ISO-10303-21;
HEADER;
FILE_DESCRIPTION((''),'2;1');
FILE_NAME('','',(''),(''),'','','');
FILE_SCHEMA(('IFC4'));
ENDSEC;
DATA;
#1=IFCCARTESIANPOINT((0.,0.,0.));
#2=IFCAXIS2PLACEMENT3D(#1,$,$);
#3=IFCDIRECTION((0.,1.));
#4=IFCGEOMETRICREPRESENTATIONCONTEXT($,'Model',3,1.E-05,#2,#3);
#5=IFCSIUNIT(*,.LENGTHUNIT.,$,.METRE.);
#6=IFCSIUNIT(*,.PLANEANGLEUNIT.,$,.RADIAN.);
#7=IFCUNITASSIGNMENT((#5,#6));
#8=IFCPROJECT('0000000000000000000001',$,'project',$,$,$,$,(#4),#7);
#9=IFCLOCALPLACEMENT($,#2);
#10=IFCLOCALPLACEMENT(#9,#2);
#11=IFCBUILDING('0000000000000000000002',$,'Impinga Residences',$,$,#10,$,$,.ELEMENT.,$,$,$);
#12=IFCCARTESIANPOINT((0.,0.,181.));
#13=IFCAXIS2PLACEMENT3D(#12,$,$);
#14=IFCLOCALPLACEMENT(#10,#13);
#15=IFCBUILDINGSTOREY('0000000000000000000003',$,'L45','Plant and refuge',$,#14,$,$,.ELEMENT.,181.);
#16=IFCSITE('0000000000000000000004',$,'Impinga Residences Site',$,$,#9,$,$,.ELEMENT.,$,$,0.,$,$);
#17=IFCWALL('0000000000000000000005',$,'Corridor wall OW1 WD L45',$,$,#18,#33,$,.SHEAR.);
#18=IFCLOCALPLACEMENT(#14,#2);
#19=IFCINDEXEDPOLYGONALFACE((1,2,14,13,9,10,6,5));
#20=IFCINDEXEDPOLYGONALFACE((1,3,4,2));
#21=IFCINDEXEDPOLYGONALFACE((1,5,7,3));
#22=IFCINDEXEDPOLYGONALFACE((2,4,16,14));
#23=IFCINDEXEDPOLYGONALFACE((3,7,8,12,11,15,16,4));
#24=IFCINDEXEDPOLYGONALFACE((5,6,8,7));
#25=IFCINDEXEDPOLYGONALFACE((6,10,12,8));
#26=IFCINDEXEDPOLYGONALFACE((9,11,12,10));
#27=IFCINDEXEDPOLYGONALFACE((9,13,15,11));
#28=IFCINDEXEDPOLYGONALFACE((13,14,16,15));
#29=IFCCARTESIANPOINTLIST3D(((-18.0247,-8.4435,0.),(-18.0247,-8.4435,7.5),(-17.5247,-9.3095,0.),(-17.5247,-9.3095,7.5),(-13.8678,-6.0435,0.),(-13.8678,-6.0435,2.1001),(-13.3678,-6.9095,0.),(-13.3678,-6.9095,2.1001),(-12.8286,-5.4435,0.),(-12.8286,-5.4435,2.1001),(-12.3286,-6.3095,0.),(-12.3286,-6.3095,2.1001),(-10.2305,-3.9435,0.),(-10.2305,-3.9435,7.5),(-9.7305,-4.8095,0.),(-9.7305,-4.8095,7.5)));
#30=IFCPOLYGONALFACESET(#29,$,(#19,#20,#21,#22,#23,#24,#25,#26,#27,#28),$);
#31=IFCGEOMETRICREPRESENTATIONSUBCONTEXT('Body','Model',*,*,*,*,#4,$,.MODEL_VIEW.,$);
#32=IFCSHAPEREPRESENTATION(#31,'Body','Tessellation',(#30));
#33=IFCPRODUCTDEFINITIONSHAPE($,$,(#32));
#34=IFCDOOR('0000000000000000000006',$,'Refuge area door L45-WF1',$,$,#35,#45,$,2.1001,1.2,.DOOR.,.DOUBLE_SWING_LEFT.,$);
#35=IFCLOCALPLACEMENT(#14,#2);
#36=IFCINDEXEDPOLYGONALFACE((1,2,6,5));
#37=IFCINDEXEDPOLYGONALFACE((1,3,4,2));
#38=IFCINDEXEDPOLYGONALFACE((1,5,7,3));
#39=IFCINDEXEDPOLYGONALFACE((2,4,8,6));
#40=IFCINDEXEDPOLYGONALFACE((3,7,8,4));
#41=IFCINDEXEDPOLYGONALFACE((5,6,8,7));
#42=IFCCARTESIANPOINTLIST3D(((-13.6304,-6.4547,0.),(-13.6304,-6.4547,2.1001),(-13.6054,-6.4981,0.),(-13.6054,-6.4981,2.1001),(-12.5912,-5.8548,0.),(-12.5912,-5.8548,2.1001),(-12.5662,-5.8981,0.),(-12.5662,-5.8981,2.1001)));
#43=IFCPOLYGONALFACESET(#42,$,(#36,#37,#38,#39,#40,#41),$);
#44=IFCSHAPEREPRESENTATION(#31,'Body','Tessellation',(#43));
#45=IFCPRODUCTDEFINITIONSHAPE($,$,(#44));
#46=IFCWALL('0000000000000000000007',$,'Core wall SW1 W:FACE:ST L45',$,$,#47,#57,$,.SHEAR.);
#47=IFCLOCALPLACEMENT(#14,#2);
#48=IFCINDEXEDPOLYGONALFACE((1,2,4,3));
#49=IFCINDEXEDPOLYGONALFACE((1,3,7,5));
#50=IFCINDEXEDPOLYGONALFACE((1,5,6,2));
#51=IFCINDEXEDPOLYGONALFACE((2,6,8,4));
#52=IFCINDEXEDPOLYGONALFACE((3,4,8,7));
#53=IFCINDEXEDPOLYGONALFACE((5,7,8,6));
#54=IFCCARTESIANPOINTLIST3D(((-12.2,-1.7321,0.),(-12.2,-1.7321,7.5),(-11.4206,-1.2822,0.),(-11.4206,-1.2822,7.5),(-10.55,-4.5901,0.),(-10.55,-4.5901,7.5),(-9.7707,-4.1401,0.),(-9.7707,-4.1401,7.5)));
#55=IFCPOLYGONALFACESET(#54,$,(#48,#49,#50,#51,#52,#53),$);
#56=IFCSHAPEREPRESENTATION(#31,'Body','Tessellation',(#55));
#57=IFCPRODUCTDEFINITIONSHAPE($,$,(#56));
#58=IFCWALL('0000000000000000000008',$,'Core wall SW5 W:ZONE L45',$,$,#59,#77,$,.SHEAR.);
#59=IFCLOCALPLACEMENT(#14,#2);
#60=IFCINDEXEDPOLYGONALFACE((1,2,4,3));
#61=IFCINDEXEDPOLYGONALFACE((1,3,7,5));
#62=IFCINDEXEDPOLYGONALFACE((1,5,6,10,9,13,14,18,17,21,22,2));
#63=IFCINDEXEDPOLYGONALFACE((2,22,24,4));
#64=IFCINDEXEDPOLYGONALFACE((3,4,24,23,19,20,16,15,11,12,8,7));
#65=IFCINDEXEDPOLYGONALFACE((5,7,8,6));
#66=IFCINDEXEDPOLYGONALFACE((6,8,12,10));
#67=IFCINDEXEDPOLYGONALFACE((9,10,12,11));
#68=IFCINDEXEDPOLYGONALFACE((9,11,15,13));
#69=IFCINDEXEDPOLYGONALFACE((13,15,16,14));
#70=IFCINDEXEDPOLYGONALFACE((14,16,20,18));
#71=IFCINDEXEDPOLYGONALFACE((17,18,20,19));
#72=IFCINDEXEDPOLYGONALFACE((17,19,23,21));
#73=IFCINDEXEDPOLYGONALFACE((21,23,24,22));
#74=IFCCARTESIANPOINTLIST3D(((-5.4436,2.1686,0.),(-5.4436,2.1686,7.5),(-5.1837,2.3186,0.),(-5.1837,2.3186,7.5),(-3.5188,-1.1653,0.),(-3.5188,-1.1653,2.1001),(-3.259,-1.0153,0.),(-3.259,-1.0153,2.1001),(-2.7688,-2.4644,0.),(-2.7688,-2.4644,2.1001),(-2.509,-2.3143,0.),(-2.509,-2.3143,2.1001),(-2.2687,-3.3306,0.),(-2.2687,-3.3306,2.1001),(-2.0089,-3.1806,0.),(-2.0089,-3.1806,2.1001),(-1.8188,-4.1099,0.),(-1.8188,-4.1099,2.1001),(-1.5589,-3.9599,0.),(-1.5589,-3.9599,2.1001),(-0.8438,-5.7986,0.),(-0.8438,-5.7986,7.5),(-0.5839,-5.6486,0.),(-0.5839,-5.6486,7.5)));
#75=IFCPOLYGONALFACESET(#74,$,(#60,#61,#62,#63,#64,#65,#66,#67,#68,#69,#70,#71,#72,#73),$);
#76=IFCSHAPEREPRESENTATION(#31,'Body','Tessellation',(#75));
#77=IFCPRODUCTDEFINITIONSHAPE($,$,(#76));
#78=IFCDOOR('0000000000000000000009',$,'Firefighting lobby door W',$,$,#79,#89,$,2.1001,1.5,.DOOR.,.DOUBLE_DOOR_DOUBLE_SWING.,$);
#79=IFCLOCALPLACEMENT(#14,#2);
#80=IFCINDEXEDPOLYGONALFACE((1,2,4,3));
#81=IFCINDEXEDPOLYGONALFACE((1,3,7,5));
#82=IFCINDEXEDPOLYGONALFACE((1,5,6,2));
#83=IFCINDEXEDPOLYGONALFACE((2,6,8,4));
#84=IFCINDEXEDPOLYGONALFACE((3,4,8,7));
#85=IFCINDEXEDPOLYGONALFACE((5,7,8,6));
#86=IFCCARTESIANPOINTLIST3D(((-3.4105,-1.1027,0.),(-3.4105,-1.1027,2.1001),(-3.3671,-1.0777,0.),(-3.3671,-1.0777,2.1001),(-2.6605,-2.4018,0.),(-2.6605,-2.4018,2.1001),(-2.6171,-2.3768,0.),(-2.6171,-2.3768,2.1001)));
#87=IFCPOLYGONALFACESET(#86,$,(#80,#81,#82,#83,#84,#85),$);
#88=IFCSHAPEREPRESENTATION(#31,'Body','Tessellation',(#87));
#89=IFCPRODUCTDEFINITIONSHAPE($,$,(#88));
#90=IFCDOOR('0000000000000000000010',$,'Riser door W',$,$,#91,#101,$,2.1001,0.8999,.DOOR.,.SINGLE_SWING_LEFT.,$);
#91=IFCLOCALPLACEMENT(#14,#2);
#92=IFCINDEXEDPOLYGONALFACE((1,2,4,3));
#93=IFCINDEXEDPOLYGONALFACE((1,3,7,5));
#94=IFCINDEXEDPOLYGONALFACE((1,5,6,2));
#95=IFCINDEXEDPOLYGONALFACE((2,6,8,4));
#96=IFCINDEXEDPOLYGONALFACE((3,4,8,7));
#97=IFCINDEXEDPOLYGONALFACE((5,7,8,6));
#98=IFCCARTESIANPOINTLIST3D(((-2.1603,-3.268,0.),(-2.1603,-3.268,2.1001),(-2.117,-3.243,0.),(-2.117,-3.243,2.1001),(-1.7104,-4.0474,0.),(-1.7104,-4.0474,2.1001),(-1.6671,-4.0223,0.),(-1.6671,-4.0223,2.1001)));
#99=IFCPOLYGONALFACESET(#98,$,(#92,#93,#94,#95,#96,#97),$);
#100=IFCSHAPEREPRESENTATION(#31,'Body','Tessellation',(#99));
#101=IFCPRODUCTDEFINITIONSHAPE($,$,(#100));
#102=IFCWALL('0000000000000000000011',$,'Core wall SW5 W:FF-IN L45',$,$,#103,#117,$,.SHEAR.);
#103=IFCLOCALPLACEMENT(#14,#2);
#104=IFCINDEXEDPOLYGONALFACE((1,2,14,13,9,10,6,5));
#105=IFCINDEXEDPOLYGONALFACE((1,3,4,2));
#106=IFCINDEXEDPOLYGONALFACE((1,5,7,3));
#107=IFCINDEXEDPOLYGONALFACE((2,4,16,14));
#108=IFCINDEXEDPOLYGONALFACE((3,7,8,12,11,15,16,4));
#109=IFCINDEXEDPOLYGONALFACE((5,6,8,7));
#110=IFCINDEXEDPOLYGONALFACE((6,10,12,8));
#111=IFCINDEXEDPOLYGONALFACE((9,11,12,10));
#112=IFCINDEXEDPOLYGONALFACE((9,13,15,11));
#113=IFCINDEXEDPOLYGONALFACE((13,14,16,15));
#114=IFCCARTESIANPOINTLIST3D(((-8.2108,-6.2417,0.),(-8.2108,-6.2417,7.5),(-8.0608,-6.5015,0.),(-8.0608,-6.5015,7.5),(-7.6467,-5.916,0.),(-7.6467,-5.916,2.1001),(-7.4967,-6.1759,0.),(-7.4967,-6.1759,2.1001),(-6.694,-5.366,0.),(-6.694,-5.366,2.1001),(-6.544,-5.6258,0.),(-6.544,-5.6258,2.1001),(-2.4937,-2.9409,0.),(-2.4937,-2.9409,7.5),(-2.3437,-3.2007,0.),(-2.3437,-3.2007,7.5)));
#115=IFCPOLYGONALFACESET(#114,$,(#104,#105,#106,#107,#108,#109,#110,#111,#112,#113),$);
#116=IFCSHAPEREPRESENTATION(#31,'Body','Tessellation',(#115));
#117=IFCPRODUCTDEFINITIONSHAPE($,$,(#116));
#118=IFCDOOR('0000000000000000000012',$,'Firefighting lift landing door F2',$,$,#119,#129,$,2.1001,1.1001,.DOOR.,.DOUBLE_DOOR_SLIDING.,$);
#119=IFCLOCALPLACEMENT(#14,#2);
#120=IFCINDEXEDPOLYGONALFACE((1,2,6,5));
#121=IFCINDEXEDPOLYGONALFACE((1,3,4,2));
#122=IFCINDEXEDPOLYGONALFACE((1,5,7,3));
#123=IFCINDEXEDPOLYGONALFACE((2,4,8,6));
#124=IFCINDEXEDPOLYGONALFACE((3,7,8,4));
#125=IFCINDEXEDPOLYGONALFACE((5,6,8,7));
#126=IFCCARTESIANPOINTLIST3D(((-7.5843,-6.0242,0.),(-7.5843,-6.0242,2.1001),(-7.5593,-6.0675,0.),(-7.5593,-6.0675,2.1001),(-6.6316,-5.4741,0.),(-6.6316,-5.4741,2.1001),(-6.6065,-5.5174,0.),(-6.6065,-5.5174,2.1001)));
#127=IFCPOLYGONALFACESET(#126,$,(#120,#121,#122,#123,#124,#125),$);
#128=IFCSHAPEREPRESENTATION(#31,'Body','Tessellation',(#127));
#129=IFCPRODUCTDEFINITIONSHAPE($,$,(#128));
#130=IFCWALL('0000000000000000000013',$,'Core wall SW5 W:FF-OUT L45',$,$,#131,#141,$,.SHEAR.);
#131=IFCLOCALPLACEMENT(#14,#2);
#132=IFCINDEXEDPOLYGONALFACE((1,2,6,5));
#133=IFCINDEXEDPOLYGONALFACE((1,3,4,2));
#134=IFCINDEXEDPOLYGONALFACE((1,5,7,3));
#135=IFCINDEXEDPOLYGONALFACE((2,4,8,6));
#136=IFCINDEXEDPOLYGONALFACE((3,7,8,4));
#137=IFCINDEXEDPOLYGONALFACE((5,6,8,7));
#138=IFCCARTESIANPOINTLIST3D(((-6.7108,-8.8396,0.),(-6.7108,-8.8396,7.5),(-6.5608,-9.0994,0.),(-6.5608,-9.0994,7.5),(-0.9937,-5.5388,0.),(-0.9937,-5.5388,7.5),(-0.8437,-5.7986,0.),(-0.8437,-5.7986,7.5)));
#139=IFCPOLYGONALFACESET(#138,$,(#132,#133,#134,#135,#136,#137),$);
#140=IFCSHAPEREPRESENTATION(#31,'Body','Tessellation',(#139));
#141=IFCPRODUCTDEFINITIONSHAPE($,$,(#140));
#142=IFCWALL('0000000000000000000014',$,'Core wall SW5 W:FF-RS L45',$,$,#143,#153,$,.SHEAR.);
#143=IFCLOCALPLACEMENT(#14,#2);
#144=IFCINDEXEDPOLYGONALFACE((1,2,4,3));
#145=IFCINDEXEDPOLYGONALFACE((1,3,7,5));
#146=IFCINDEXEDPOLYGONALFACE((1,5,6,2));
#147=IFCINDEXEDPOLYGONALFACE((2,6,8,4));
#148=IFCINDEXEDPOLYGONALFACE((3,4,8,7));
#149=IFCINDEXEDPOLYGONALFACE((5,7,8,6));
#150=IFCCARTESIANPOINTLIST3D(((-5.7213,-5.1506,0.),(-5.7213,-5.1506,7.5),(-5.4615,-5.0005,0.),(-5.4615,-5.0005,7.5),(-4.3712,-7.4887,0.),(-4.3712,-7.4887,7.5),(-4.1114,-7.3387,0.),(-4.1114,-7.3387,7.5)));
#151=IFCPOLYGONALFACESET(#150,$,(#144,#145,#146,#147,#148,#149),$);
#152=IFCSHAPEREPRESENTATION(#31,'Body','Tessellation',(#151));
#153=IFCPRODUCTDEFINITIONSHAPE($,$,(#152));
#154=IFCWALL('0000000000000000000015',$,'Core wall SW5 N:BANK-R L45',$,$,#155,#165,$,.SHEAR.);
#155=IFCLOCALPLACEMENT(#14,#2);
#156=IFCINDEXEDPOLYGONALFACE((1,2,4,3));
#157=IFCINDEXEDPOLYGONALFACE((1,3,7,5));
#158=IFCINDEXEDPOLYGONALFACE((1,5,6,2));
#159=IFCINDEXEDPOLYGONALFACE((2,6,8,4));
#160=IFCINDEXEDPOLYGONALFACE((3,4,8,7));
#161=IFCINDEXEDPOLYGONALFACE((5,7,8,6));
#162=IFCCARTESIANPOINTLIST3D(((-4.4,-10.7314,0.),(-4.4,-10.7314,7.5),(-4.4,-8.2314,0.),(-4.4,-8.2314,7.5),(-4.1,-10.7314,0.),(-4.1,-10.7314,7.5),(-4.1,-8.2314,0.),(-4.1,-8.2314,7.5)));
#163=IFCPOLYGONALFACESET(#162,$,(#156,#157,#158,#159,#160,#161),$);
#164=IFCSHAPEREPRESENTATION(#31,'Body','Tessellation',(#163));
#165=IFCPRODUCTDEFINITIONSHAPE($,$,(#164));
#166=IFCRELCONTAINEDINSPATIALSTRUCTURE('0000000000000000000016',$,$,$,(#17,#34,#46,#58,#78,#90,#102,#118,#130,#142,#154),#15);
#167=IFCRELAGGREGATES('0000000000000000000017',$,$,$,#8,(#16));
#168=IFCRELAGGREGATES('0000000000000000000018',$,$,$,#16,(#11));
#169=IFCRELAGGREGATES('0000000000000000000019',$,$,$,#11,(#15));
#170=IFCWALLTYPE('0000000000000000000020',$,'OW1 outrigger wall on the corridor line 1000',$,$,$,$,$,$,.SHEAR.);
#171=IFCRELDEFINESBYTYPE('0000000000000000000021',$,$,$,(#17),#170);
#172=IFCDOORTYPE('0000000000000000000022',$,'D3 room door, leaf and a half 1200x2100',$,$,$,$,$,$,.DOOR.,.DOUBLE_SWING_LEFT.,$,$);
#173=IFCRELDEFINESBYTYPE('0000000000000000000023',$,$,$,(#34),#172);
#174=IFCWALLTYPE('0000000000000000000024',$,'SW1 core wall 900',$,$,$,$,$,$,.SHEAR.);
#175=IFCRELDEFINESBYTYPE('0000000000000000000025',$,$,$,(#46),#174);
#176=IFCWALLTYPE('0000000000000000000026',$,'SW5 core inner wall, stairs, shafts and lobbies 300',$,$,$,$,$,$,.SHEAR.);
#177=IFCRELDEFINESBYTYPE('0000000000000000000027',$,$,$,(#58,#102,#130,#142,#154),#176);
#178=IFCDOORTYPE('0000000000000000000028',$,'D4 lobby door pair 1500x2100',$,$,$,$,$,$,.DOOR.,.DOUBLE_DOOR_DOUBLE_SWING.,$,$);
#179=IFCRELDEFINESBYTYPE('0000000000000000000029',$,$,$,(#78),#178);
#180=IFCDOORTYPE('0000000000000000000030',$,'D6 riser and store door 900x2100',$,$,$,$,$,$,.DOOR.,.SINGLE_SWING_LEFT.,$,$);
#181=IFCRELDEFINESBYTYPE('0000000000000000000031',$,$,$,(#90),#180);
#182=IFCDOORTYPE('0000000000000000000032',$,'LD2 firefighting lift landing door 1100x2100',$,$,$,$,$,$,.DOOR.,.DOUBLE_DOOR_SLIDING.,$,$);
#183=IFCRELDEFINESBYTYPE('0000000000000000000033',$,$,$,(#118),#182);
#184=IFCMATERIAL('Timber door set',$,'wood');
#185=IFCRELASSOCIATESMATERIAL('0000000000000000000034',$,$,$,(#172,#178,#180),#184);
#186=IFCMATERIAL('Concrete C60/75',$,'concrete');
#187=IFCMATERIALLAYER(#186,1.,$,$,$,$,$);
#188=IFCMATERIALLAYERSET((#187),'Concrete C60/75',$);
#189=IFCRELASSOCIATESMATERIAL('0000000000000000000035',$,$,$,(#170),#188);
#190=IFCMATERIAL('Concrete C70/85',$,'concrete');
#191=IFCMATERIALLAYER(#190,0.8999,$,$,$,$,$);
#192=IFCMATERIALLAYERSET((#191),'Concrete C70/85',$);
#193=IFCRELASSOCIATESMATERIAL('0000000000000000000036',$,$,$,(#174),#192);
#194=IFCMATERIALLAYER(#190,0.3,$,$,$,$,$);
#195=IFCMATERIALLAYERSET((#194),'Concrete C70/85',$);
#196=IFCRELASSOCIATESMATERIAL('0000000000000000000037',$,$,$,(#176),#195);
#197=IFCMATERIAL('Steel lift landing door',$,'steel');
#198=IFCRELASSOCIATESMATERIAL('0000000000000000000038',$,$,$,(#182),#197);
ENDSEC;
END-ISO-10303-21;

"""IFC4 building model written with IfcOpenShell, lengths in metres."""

from ifc_helpers import new_model, si_unit, direction, frame, frame_2d, origin, place, context, subcontext, project, spatial, rectangle, extrude, material, layer, layer_set, type_object, element, fill, save


model = new_model("IFC4")

# Units and contexts
model_context = context("Model", 3, precision=1e-05, world=origin(), true_north=direction((0.0, 1.0)))
body_context = subcontext(model_context, "Body", "Model", "MODEL_VIEW")
ifc_project = project(units=[si_unit("LENGTHUNIT", "METRE"), si_unit("PLANEANGLEUNIT", "RADIAN")], contexts=[model_context])

# Site, building, storey
site_placement = place(None, origin())
site = spatial("IfcSite", under=ifc_project, at=site_placement, Name="Impinga Residences Site", CompositionType="ELEMENT", RefElevation=0.0)
building_placement = place(site_placement, origin())
building = spatial("IfcBuilding", under=site, at=building_placement, Name="Impinga Residences", CompositionType="ELEMENT")
storey_placement = place(building_placement, frame((0.0, 0.0, 181.0)))
storey = spatial("IfcBuildingStorey", under=building, at=storey_placement, Name="L45", Description="Plant and refuge", CompositionType="ELEMENT", Elevation=181.0)

# Shared definitions
ifc_material_1 = material(Name="Concrete C60/75", Category="concrete")

# Shared definitions
ifc_material_2 = material(Name="Timber door set", Category="wood")
door_type_1 = type_object("IfcDoorType", Name="D3 room door, leaf and a half 1200x2100", OperationType="DOUBLE_SWING_LEFT", PredefinedType="DOOR", material=ifc_material_2)

# Wall, opening, door
ifc_layer_1 = layer(ifc_material_1, 1.0)
ifc_layer_set_1 = layer_set([ifc_layer_1], Name="Concrete C60/75")
wall_type_1 = type_object("IfcWallType", Name="OW1 outrigger wall on the corridor line 1000", PredefinedType="SHEAR", material=ifc_layer_set_1)
wall_1_placement = place(storey_placement, frame((-9.9805, -4.3765, 0.0), z_axis=(0.0, 0.0, 1.0), x_axis=(-0.866024, -0.500002, 0.0)))
wall_1 = element("IfcWall", 1, at=wall_1_placement, inside=storey, type_object=wall_type_1, Name="Corridor wall OW1 WD L45", PredefinedType="SHEAR", context=body_context, shape_type="SweptSolid", body=[
    extrude(rectangle(XDim=9.0, YDim=1.0, at=frame_2d((4.5, 0.0))), origin(), (0.0, 0.0, 1.0), 7.5),
])
opening_1_placement = place(wall_1_placement, frame((3.0, 0.0, 0.0)))
opening_1 = element("IfcOpeningElement", 2, at=opening_1_placement, cuts=wall_1, PredefinedType="OPENING", context=body_context, shape_type="SweptSolid", body=[
    extrude(rectangle(XDim=1.2, YDim=2.1001, at=frame_2d((0.6001, 1.05))), frame((0.0, 0.51, 0.0), z_axis=(0.0, -1.0, 0.0), x_axis=(1.0, 0.0, 0.0)), (0.0, 0.0, 1.0), 1.02),
])
door_1_placement = place(opening_1_placement, origin())
door_1 = element("IfcDoor", 3, at=door_1_placement, inside=storey, type_object=door_type_1, Name="Refuge area door L45-WF1", OperationType="DOUBLE_SWING_LEFT", OverallHeight=2.1001, OverallWidth=1.2, PredefinedType="DOOR", context=body_context, shape_type="SweptSolid", body=[
    extrude(rectangle(XDim=1.2, YDim=2.1001, at=frame_2d((0.6001, 1.05))), frame((0.0, 0.0249, 0.0), z_axis=(0.0, -1.0, 0.0), x_axis=(1.0, 0.0, 0.0)), (0.0, 0.0, 1.0), 0.05),
])
fill(opening_1, door_1)

# Wall
ifc_material_3 = material(Name="Concrete C70/85", Category="concrete")
ifc_layer_2 = layer(ifc_material_3, 0.8999)
ifc_layer_set_2 = layer_set([ifc_layer_2], Name="Concrete C70/85")
wall_type_2 = type_object("IfcWallType", Name="SW1 core wall 900", PredefinedType="SHEAR", material=ifc_layer_set_2)
wall_2_placement = place(storey_placement, frame((-10.1604, -4.365, 0.0), z_axis=(0.0, 0.0, 1.0), x_axis=(-0.499974, 0.86604, 0.0)))
element("IfcWall", 4, at=wall_2_placement, inside=storey, type_object=wall_type_2, Name="Core wall SW1 W:FACE:ST L45", PredefinedType="SHEAR", context=body_context, shape_type="SweptSolid", body=[
    extrude(rectangle(XDim=3.3, YDim=0.8999, at=frame_2d((1.6499, 0.0))), origin(), (0.0, 0.0, 1.0), 7.5),
])

# Wall, openings, doors
ifc_layer_3 = layer(ifc_material_3, 0.3)
ifc_layer_set_3 = layer_set([ifc_layer_3], Name="Concrete C70/85")
wall_type_3 = type_object("IfcWallType", Name="SW5 core inner wall, stairs, shafts and lobbies 300", PredefinedType="SHEAR", material=ifc_layer_set_3)
wall_3_placement = place(storey_placement, frame((-0.7139, -5.7236, 0.0), z_axis=(0.0, 0.0, 1.0), x_axis=(-0.499995, 0.866028, 0.0)))
wall_3 = element("IfcWall", 5, at=wall_3_placement, inside=storey, type_object=wall_type_3, Name="Core wall SW5 W:ZONE L45", PredefinedType="SHEAR", context=body_context, shape_type="SweptSolid", body=[
    extrude(rectangle(XDim=9.1997, YDim=0.3, at=frame_2d((4.5999, 0.0))), origin(), (0.0, 0.0, 1.0), 7.5),
])
opening_2_placement = place(wall_3_placement, frame((3.8501, 0.0, 0.0)))
opening_2 = element("IfcOpeningElement", 6, at=opening_2_placement, cuts=wall_3, PredefinedType="OPENING", context=body_context, shape_type="SweptSolid", body=[
    extrude(rectangle(XDim=1.5, YDim=2.1001, at=frame_2d((0.75, 1.05))), frame((0.0, 0.1599, 0.0), z_axis=(0.0, -1.0, 0.0), x_axis=(1.0, 0.0, 0.0)), (0.0, 0.0, 1.0), 0.3201),
])
opening_3_placement = place(wall_3_placement, frame((1.95, 0.0, 0.0)))
opening_3 = element("IfcOpeningElement", 7, at=opening_3_placement, cuts=wall_3, PredefinedType="OPENING", context=body_context, shape_type="SweptSolid", body=[
    extrude(rectangle(XDim=0.8999, YDim=2.1001, at=frame_2d((0.45, 1.05))), frame((0.0, 0.1599, 0.0), z_axis=(0.0, -1.0, 0.0), x_axis=(1.0, 0.0, 0.0)), (0.0, 0.0, 1.0), 0.3201),
])
door_type_2 = type_object("IfcDoorType", Name="D4 lobby door pair 1500x2100", OperationType="DOUBLE_DOOR_DOUBLE_SWING", PredefinedType="DOOR", material=ifc_material_2)
door_2_placement = place(opening_2_placement, origin())
door_2 = element("IfcDoor", 8, at=door_2_placement, inside=storey, type_object=door_type_2, Name="Firefighting lobby door W", OperationType="DOUBLE_DOOR_DOUBLE_SWING", OverallHeight=2.1001, OverallWidth=1.5, PredefinedType="DOOR", context=body_context, shape_type="SweptSolid", body=[
    extrude(rectangle(XDim=1.5, YDim=2.1001, at=frame_2d((0.75, 1.05))), frame((0.0, 0.0249, 0.0), z_axis=(0.0, -1.0, 0.0), x_axis=(1.0, 0.0, 0.0)), (0.0, 0.0, 1.0), 0.05),
])
fill(opening_2, door_2)
door_type_3 = type_object("IfcDoorType", Name="D6 riser and store door 900x2100", OperationType="SINGLE_SWING_LEFT", PredefinedType="DOOR", material=ifc_material_2)
door_3_placement = place(opening_3_placement, origin())
door_3 = element("IfcDoor", 9, at=door_3_placement, inside=storey, type_object=door_type_3, Name="Riser door W", OperationType="SINGLE_SWING_LEFT", OverallHeight=2.1001, OverallWidth=0.8999, PredefinedType="DOOR", context=body_context, shape_type="SweptSolid", body=[
    extrude(rectangle(XDim=0.8999, YDim=2.1001, at=frame_2d((0.45, 1.05))), frame((0.0, 0.0249, 0.0), z_axis=(0.0, -1.0, 0.0), x_axis=(1.0, 0.0, 0.0)), (0.0, 0.0, 1.0), 0.05),
])
fill(opening_3, door_3)

# Wall, opening, door
wall_4_placement = place(storey_placement, frame((-2.4187, -3.0708, 0.0), z_axis=(0.0, 0.0, 1.0), x_axis=(-0.866022, -0.500005, 0.0)))
wall_4 = element("IfcWall", 10, at=wall_4_placement, inside=storey, type_object=wall_type_3, Name="Core wall SW5 W:FF-IN L45", PredefinedType="SHEAR", context=body_context, shape_type="SweptSolid", body=[
    extrude(rectangle(XDim=6.6016, YDim=0.3, at=frame_2d((3.3008, 0.0))), origin(), (0.0, 0.0, 1.0), 7.5),
])
opening_4_placement = place(wall_4_placement, frame((4.8501, 0.0, 0.0)))
opening_4 = element("IfcOpeningElement", 11, at=opening_4_placement, cuts=wall_4, PredefinedType="OPENING", context=body_context, shape_type="SweptSolid", body=[
    extrude(rectangle(XDim=1.1001, YDim=2.1001, at=frame_2d((0.55, 1.05))), frame((0.0, 0.1599, 0.0), z_axis=(0.0, -1.0, 0.0), x_axis=(1.0, 0.0, 0.0)), (0.0, 0.0, 1.0), 0.3201),
])
ifc_material_4 = material(Name="Steel lift landing door", Category="steel")
door_type_4 = type_object("IfcDoorType", Name="LD2 firefighting lift landing door 1100x2100", OperationType="DOUBLE_DOOR_SLIDING", PredefinedType="DOOR", material=ifc_material_4)
door_4_placement = place(opening_4_placement, origin())
door_4 = element("IfcDoor", 12, at=door_4_placement, inside=storey, type_object=door_type_4, Name="Firefighting lift landing door F2", OperationType="DOUBLE_DOOR_SLIDING", OverallHeight=2.1001, OverallWidth=1.1001, PredefinedType="DOOR", context=body_context, shape_type="SweptSolid", body=[
    extrude(rectangle(XDim=1.1001, YDim=2.1001, at=frame_2d((0.55, 1.05))), frame((0.0, 0.0249, 0.0), z_axis=(0.0, -1.0, 0.0), x_axis=(1.0, 0.0, 0.0)), (0.0, 0.0, 1.0), 0.05),
])
fill(opening_4, door_4)

# Walls
wall_5_placement = place(storey_placement, frame((-0.9187, -5.6687, 0.0), z_axis=(0.0, 0.0, 1.0), x_axis=(-0.866022, -0.500005, 0.0)))
element("IfcWall", 13, at=wall_5_placement, inside=storey, type_object=wall_type_3, Name="Core wall SW5 W:FF-OUT L45", PredefinedType="SHEAR", context=body_context, shape_type="SweptSolid", body=[
    extrude(rectangle(XDim=6.6016, YDim=0.3, at=frame_2d((3.3008, 0.0))), origin(), (0.0, 0.0, 1.0), 7.5),
])
wall_6_placement = place(storey_placement, frame((-4.2412, -7.4138, 0.0), z_axis=(0.0, 0.0, 1.0), x_axis=(-0.500049, 0.865997, 0.0)))
element("IfcWall", 14, at=wall_6_placement, inside=storey, type_object=wall_type_3, Name="Core wall SW5 W:FF-RS L45", PredefinedType="SHEAR", context=body_context, shape_type="SweptSolid", body=[
    extrude(rectangle(XDim=2.7, YDim=0.3, at=frame_2d((1.3501, 0.0))), origin(), (0.0, 0.0, 1.0), 7.5),
])
wall_7_placement = place(storey_placement, frame((-4.25, -8.2314, 0.0), z_axis=(0.0, 0.0, 1.0), x_axis=(0.0, -1.0, 0.0)))
element("IfcWall", 15, at=wall_7_placement, inside=storey, type_object=wall_type_3, Name="Core wall SW5 N:BANK-R L45", PredefinedType="SHEAR", context=body_context, shape_type="SweptSolid", body=[
    extrude(rectangle(XDim=2.5, YDim=0.3, at=frame_2d((1.25, 0.0))), origin(), (0.0, 0.0, 1.0), 7.5),
])

save(model, "model.ifc")
